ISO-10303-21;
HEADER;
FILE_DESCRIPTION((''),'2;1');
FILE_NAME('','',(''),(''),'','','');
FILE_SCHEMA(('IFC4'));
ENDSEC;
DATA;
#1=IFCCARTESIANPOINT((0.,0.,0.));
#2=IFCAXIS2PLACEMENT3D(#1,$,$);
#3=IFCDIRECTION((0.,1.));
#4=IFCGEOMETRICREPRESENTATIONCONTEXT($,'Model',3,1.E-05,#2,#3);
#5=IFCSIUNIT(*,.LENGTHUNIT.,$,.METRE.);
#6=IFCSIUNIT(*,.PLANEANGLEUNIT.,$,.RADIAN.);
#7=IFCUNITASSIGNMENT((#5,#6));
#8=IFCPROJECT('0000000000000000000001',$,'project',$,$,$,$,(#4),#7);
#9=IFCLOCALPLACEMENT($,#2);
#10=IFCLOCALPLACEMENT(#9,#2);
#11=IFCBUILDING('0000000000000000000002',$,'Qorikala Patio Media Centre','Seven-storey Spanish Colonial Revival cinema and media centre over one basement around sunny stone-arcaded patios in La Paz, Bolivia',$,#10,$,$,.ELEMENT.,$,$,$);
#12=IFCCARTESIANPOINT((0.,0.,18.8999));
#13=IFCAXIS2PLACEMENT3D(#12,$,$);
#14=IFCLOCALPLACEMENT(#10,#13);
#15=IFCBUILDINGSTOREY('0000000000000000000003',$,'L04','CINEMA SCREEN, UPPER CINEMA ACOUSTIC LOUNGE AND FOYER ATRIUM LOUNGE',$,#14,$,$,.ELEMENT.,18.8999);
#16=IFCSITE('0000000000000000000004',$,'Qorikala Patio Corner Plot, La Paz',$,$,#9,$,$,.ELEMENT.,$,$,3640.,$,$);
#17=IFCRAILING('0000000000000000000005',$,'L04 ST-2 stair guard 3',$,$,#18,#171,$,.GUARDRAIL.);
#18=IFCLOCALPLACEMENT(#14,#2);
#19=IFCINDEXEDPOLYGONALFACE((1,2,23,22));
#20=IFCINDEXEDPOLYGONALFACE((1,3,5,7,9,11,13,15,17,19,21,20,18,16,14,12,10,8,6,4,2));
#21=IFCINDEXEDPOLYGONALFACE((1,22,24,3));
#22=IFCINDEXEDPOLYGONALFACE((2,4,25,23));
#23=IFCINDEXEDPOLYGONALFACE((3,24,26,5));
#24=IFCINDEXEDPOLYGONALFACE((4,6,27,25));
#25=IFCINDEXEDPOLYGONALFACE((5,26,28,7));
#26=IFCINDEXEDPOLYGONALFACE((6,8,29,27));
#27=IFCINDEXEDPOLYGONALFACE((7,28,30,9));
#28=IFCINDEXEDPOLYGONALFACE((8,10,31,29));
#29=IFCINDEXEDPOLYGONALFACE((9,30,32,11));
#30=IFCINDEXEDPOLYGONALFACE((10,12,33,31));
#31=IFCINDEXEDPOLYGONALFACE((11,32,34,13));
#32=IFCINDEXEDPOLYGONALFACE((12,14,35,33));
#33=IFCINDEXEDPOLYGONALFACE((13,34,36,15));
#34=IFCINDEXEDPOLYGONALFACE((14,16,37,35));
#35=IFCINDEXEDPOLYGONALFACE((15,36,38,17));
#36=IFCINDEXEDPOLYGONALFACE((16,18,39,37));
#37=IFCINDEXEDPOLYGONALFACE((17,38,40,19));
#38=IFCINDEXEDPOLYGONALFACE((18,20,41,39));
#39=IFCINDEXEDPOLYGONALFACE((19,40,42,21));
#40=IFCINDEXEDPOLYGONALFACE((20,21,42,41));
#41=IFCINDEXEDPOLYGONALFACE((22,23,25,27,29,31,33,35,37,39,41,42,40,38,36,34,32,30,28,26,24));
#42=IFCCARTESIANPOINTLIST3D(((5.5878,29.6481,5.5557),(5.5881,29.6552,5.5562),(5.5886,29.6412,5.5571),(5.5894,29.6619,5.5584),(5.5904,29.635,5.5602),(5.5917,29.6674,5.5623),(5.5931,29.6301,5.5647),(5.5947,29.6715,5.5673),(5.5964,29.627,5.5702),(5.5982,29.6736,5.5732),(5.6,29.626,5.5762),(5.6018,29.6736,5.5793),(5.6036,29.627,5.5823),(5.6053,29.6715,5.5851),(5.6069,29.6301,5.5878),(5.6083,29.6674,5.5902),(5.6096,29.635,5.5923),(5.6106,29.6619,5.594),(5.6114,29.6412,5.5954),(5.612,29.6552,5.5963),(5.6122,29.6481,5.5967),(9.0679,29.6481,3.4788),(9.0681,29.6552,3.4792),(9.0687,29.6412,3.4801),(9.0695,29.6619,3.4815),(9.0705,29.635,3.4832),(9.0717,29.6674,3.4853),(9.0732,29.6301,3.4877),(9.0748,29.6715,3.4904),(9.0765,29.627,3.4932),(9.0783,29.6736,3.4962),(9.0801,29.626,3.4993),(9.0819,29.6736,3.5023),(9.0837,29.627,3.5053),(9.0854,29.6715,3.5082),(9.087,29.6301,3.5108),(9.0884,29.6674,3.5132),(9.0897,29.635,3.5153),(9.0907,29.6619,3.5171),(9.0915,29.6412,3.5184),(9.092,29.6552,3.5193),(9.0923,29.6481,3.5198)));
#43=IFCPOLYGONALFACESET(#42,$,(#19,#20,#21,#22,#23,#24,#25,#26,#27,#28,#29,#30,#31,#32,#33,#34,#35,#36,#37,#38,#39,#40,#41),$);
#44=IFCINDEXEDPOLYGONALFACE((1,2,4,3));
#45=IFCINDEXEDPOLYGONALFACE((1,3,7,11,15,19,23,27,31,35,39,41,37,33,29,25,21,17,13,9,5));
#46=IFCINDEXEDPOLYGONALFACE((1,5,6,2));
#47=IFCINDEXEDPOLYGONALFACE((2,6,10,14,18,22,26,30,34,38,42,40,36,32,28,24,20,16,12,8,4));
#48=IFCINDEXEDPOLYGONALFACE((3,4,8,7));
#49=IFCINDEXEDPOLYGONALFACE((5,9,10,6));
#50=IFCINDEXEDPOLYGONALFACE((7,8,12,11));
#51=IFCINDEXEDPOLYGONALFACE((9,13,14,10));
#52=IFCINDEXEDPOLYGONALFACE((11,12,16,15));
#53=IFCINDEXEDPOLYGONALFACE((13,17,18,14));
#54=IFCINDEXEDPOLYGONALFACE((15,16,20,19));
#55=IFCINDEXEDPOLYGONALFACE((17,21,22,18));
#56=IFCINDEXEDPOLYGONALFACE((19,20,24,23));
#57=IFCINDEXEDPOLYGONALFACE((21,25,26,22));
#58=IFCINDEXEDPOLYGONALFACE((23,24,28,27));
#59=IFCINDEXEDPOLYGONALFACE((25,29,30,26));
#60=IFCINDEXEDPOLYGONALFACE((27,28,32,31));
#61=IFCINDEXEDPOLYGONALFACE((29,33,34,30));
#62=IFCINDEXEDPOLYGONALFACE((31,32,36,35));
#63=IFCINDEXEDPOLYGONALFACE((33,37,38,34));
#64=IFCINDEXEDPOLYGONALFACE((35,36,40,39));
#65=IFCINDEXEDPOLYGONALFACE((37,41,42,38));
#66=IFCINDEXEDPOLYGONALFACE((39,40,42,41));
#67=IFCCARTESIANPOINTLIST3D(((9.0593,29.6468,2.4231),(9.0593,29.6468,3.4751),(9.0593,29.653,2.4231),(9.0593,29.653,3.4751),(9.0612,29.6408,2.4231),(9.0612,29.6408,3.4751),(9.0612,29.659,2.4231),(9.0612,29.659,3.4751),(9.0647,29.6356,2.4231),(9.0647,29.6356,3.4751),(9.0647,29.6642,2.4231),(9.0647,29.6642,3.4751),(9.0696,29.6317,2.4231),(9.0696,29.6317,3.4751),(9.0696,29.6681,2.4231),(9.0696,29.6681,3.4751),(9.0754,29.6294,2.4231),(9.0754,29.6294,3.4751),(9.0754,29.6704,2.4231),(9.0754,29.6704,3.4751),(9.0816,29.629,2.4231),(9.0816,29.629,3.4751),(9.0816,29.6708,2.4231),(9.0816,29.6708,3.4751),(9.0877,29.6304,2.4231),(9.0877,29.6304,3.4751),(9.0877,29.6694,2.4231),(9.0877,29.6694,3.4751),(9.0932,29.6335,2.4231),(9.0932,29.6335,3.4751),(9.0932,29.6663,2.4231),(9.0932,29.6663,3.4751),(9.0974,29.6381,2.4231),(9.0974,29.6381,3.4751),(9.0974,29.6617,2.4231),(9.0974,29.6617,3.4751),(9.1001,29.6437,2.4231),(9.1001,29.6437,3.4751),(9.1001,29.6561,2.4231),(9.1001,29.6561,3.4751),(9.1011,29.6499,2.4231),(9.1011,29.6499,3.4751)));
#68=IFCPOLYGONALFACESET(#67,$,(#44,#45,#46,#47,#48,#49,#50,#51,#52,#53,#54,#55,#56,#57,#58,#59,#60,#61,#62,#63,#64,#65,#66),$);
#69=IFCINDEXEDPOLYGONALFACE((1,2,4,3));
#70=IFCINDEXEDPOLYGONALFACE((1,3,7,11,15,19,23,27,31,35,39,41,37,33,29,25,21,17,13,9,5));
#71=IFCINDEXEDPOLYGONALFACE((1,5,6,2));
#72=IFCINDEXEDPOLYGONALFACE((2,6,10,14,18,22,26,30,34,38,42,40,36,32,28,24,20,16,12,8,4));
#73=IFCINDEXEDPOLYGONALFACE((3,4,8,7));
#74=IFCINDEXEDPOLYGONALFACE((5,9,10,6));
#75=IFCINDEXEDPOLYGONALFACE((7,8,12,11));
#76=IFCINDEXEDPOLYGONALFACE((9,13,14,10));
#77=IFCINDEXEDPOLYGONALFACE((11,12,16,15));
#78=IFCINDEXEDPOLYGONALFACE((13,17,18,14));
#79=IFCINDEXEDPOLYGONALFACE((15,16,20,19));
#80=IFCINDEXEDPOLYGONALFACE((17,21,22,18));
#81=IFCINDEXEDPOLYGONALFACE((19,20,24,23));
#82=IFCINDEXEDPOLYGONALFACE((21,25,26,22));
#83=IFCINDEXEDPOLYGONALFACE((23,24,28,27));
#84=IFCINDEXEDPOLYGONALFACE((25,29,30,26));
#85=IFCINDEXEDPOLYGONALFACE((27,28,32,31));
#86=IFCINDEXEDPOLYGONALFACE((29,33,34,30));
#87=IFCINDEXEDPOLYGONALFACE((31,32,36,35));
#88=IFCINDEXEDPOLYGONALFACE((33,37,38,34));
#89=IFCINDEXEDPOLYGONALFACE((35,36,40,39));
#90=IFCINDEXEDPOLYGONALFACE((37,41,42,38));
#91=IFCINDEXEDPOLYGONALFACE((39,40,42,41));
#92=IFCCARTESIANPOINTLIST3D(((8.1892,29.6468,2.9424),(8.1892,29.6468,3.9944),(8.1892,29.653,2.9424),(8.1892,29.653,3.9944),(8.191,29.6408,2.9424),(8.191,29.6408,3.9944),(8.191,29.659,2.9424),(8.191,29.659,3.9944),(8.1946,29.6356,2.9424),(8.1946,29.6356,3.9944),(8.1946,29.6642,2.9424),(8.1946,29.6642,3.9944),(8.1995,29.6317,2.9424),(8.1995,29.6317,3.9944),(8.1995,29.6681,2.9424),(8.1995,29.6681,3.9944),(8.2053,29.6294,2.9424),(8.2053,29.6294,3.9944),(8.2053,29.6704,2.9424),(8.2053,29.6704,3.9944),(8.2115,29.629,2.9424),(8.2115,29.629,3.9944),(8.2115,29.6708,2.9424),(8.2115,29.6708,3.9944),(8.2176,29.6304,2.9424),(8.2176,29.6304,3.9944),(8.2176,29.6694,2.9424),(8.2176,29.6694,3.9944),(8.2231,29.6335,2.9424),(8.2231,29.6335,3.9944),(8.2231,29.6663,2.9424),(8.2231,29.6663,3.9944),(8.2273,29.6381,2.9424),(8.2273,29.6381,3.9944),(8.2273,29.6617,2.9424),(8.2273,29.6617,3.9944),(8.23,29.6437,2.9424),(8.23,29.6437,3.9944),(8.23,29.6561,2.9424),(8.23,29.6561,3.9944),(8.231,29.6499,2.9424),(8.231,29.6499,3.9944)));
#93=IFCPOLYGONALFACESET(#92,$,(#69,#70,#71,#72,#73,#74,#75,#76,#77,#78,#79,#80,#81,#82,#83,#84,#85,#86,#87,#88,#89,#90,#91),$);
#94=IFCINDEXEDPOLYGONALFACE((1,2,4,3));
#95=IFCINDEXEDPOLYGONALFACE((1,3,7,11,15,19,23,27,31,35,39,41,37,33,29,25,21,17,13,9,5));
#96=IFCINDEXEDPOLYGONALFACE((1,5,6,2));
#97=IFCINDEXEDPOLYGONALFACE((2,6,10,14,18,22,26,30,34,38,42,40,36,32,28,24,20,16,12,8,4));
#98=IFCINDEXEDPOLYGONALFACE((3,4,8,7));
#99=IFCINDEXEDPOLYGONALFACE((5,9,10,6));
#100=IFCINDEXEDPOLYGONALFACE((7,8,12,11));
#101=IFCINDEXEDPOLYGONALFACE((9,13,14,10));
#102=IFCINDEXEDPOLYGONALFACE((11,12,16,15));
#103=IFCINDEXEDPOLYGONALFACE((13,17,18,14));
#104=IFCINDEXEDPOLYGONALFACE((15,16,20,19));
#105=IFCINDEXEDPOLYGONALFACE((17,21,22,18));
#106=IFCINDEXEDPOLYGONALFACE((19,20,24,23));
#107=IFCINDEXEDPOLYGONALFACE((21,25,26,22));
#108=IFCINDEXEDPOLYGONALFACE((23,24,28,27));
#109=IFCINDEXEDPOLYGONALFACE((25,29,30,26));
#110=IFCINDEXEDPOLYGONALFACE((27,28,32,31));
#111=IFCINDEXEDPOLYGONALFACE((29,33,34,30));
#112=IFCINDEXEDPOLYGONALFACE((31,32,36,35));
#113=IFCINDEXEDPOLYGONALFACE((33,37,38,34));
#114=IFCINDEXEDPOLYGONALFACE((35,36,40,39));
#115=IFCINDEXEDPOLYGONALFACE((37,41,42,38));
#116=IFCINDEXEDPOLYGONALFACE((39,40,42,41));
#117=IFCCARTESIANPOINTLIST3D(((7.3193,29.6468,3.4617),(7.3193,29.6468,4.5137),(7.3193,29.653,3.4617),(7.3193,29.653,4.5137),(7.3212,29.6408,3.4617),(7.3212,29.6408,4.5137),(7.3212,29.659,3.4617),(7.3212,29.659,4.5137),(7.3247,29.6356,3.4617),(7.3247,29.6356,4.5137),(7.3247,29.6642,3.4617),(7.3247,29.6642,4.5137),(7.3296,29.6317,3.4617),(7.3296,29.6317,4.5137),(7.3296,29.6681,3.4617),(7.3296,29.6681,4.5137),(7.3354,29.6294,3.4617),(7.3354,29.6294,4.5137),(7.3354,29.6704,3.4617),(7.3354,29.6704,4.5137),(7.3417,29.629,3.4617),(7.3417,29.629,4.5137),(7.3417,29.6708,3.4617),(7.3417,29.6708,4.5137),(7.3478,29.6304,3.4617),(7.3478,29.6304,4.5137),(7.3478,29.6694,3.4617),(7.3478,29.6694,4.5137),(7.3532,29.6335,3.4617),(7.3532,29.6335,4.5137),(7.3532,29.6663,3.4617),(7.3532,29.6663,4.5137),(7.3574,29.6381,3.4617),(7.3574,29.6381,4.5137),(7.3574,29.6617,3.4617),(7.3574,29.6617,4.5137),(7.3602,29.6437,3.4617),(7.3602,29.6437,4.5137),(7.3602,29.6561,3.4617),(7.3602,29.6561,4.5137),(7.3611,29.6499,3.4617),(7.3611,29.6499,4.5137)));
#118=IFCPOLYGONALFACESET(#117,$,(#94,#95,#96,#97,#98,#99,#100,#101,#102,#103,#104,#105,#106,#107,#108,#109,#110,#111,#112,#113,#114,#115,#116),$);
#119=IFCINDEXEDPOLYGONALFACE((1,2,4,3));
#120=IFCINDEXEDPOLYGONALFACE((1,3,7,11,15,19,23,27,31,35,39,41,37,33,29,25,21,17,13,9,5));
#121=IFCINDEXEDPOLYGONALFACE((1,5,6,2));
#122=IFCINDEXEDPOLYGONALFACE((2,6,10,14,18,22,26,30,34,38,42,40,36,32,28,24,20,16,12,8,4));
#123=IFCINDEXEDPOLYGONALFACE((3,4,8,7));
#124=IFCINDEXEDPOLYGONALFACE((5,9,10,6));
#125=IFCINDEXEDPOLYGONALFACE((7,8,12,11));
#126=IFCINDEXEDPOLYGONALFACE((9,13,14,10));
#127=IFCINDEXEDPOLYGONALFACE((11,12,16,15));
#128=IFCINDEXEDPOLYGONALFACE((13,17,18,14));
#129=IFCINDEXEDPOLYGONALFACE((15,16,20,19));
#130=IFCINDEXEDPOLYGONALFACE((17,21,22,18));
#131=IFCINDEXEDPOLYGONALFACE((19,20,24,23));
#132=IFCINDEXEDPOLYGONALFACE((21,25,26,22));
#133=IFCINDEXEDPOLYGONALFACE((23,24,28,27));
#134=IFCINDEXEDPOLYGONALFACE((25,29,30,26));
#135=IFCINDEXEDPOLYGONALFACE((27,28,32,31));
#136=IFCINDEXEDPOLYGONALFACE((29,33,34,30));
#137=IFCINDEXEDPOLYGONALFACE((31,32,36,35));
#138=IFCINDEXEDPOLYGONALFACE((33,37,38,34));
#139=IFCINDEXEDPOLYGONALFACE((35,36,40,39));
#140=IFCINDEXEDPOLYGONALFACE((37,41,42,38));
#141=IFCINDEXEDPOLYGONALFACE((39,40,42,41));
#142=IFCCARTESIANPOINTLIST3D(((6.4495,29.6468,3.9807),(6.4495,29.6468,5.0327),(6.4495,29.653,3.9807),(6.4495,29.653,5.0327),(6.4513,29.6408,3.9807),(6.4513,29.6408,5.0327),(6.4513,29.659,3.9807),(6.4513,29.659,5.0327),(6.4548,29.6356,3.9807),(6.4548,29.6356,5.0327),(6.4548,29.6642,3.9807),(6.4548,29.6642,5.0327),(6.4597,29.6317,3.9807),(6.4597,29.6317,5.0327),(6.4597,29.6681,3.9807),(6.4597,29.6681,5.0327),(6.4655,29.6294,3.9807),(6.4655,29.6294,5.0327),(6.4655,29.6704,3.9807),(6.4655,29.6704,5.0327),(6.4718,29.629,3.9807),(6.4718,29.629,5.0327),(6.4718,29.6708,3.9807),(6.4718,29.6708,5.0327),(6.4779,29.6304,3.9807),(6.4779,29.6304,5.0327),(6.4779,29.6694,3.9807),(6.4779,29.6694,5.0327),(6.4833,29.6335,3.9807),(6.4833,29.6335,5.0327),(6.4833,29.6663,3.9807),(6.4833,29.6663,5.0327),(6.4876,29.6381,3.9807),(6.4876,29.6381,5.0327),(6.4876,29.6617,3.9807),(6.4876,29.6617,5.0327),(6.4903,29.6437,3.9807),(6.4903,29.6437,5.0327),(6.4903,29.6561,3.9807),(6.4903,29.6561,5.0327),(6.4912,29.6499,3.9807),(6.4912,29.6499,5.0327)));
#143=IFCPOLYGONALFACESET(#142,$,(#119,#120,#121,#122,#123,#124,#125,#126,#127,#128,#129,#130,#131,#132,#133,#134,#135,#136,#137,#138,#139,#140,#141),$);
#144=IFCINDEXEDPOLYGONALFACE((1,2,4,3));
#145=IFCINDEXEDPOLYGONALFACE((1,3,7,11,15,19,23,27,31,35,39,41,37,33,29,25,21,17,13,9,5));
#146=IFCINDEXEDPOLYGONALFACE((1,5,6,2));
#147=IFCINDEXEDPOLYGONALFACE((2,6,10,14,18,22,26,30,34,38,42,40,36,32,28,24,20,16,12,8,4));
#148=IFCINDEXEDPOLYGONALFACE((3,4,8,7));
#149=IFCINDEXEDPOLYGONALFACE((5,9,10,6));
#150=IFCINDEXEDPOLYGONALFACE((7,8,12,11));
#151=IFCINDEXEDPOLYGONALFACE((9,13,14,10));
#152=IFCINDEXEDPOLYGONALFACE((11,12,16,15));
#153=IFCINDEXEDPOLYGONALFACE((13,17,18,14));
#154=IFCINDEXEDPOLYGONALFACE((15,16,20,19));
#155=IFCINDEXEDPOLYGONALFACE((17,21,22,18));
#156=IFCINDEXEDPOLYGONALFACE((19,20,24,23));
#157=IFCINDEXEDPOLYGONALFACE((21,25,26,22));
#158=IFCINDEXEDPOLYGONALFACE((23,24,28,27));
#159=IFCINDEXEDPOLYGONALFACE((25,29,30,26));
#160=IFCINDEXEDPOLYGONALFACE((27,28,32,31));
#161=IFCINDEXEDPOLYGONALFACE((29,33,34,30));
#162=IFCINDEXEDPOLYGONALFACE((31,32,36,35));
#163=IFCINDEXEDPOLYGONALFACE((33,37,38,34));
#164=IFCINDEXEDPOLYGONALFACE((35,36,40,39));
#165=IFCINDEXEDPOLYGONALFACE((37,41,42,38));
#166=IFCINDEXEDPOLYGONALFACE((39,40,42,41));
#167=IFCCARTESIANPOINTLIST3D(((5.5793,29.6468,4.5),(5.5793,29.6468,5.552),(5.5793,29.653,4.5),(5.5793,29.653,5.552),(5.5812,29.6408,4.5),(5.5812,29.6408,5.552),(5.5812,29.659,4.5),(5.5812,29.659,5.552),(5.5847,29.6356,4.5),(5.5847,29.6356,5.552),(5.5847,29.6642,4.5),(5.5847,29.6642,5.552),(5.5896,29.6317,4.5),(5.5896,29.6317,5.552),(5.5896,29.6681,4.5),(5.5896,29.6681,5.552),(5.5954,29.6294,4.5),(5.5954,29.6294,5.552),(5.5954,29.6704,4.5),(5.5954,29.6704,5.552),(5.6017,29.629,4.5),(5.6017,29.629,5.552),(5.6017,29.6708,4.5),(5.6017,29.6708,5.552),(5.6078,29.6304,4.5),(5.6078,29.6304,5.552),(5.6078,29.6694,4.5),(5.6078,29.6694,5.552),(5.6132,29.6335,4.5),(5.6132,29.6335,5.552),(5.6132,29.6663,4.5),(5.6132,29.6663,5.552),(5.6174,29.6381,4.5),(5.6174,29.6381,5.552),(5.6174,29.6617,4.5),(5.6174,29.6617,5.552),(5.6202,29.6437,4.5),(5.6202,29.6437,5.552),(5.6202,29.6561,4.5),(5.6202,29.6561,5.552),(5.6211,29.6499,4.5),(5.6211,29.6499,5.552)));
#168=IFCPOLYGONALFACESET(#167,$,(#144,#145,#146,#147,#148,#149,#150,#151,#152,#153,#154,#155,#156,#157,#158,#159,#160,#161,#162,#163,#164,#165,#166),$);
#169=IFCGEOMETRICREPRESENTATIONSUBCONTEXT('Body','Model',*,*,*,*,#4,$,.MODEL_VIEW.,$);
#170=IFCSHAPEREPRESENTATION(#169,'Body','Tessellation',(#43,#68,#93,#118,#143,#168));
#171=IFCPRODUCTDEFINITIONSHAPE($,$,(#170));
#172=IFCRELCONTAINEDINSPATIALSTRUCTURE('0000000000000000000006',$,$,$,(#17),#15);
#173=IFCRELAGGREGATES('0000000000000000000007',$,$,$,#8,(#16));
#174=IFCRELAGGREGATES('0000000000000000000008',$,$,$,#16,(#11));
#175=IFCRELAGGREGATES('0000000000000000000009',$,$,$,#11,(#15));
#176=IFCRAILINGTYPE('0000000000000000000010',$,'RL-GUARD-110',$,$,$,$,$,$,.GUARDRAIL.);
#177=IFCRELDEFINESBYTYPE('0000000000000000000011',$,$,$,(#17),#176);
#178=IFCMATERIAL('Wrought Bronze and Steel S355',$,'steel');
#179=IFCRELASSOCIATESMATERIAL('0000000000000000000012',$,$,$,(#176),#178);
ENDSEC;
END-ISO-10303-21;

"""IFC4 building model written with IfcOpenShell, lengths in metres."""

from ifc_helpers import new_model, si_unit, direction, frame, origin, origin_2d, place, context, subcontext, project, spatial, circle, extrude, material, type_object, element, save


model = new_model("IFC4")

# Units and contexts
model_context = context("Model", 3, precision=1e-05, world=origin(), true_north=direction((0.0, 1.0)))
body_context = subcontext(model_context, "Body", "Model", "MODEL_VIEW")
ifc_project = project(units=[si_unit("LENGTHUNIT", "METRE"), si_unit("PLANEANGLEUNIT", "RADIAN")], contexts=[model_context])

# Site, building, storey
site_placement = place(None, origin())
site = spatial("IfcSite", under=ifc_project, at=site_placement, Name="Qorikala Patio Corner Plot, La Paz", CompositionType="ELEMENT", RefElevation=3640.0)
building_placement = place(site_placement, origin())
building = spatial("IfcBuilding", under=site, at=building_placement, Name="Qorikala Patio Media Centre", Description="Seven-storey Spanish Colonial Revival cinema and media centre over one basement around sunny stone-arcaded patios in La Paz, Bolivia", CompositionType="ELEMENT")
storey_placement = place(building_placement, frame((0.0, 0.0, 18.8999)))
storey = spatial("IfcBuildingStorey", under=building, at=storey_placement, Name="L04", Description="CINEMA SCREEN, UPPER CINEMA ACOUSTIC LOUNGE AND FOYER ATRIUM LOUNGE", CompositionType="ELEMENT", Elevation=18.8999)

# Railing
ifc_material_1 = material(Name="Wrought Bronze and Steel S355", Category="steel")
railing_type_1 = type_object("IfcRailingType", Name="RL-GUARD-110", PredefinedType="GUARDRAIL", material=ifc_material_1)
railing_1_placement = place(storey_placement, frame((9.0801, 29.6499, 2.4231)))
element("IfcRailing", 1, at=railing_1_placement, inside=storey, type_object=railing_type_1, Name="L04 ST-2 stair guard 3", PredefinedType="GUARDRAIL", context=body_context, shape_type="SweptSolid", body=[
    extrude(circle(Radius=0.0239, at=origin_2d()), frame((0.0, 0.0, 1.0762), z_axis=(-0.858697, 0.0, 0.512483), x_axis=(0.0, -1.0, 0.0)), (0.0, 0.0, 1.0), 4.0527),
    extrude(circle(Radius=0.021, at=origin_2d()), origin(), (0.0, 0.0, 1.0), 1.052),
    extrude(circle(Radius=0.021, at=origin_2d()), frame((-0.8701, 0.0, 0.5193)), (0.0, 0.0, 1.0), 1.052),
    extrude(circle(Radius=0.021, at=origin_2d()), frame((-1.74, 0.0, 1.0386)), (0.0, 0.0, 1.0), 1.052),
    extrude(circle(Radius=0.021, at=origin_2d()), frame((-2.6099, 0.0, 1.5576)), (0.0, 0.0, 1.0), 1.052),
    extrude(circle(Radius=0.021, at=origin_2d()), frame((-3.48, 0.0, 2.0769)), (0.0, 0.0, 1.0), 1.052),
])

save(model, "model.ifc")
